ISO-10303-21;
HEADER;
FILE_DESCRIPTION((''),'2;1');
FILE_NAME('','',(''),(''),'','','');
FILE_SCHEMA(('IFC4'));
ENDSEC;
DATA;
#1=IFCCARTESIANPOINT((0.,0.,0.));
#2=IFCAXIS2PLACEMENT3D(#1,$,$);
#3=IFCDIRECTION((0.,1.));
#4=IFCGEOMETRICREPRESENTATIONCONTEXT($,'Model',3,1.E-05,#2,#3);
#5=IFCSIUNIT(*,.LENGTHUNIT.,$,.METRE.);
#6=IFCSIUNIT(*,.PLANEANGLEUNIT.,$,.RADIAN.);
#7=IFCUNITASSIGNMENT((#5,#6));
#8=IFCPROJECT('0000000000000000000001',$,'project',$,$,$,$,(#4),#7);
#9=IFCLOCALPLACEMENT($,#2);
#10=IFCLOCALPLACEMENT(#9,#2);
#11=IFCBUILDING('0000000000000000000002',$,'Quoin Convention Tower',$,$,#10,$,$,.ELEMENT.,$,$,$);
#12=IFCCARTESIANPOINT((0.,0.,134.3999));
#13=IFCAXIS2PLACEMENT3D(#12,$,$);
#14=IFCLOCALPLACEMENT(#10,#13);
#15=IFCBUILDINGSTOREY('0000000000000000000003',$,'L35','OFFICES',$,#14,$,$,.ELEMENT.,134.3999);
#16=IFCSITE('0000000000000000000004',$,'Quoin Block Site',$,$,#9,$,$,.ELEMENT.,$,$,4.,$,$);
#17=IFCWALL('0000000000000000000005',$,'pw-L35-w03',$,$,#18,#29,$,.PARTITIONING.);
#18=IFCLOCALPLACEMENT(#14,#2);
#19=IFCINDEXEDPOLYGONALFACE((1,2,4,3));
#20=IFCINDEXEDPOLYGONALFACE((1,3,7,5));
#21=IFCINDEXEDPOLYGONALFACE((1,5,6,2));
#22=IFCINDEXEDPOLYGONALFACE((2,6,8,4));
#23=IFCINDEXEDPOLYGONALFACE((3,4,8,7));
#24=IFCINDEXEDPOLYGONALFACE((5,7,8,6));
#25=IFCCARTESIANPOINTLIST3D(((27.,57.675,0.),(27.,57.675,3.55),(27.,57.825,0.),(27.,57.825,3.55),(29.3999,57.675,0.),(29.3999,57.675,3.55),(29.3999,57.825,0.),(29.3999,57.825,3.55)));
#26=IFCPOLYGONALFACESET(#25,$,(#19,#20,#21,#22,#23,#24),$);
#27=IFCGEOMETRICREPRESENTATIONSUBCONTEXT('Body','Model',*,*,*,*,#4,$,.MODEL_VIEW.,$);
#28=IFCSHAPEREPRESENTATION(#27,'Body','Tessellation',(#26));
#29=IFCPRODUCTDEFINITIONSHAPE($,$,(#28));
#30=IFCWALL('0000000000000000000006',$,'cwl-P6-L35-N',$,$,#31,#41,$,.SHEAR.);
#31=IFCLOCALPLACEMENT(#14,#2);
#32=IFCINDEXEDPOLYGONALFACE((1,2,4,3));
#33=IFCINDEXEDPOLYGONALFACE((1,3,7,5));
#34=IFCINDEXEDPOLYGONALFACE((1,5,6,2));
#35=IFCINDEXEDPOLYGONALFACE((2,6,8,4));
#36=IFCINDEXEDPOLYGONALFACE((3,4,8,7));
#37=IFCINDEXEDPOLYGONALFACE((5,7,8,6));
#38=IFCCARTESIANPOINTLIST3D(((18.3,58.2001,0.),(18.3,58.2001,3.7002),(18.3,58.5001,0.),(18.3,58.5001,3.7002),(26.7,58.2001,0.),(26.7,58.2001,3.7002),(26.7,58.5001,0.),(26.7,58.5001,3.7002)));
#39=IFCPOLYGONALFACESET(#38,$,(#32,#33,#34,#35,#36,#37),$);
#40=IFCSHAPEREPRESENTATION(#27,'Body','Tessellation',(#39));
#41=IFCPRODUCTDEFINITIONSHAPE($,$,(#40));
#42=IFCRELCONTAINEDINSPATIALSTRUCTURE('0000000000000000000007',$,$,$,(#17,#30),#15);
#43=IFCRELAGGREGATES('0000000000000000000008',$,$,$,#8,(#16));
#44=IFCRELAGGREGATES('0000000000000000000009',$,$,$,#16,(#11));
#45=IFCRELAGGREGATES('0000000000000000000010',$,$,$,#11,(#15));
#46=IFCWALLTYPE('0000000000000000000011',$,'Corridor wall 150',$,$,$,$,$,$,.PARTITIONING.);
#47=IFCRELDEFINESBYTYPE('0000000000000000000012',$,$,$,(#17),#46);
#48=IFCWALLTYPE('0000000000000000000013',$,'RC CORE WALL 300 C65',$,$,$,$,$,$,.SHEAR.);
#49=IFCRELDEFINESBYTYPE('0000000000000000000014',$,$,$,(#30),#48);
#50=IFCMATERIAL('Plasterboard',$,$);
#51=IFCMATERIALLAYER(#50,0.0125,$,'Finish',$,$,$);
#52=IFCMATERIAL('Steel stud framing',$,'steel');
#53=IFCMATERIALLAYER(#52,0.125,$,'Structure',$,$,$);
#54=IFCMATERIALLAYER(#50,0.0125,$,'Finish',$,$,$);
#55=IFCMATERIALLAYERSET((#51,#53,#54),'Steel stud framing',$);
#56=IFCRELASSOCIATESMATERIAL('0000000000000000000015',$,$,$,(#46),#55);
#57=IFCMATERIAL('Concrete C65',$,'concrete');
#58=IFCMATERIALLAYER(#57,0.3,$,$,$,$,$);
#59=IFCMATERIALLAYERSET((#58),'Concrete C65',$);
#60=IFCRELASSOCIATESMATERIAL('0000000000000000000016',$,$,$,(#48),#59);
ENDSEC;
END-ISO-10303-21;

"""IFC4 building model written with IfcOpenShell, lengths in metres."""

from ifc_helpers import new_model, si_unit, direction, frame, frame_2d, origin, place, context, subcontext, project, spatial, rectangle, extrude, material, layer, layer_set, type_object, element, save


model = new_model("IFC4")

# Units and contexts
model_context = context("Model", 3, precision=1e-05, world=origin(), true_north=direction((0.0, 1.0)))
body_context = subcontext(model_context, "Body", "Model", "MODEL_VIEW")
ifc_project = project(units=[si_unit("LENGTHUNIT", "METRE"), si_unit("PLANEANGLEUNIT", "RADIAN")], contexts=[model_context])

# Site, building, storey
site_placement = place(None, origin())
site = spatial("IfcSite", under=ifc_project, at=site_placement, Name="Quoin Block Site", CompositionType="ELEMENT", RefElevation=4.0)
building_placement = place(site_placement, origin())
building = spatial("IfcBuilding", under=site, at=building_placement, Name="Quoin Convention Tower", CompositionType="ELEMENT")
storey_placement = place(building_placement, frame((0.0, 0.0, 134.3999)))
storey = spatial("IfcBuildingStorey", under=building, at=storey_placement, Name="L35", Description="OFFICES", CompositionType="ELEMENT", Elevation=134.3999)

# Shared definitions
ifc_material_1 = material(Name="Concrete C65", Category="concrete")

# Walls
ifc_material_2 = material(Name="Plasterboard")
ifc_layer_1 = layer(ifc_material_2, 0.0125, Name="Finish")
ifc_material_3 = material(Name="Steel stud framing", Category="steel")
ifc_layer_2 = layer(ifc_material_3, 0.125, Name="Structure")
ifc_layer_3 = layer(ifc_material_2, 0.0125, Name="Finish")
ifc_layer_set_1 = layer_set([ifc_layer_1, ifc_layer_2, ifc_layer_3], Name="Steel stud framing")
wall_type_1 = type_object("IfcWallType", Name="Corridor wall 150", PredefinedType="PARTITIONING", material=ifc_layer_set_1)
wall_1_placement = place(storey_placement, frame((27.0, 57.75, 0.0), z_axis=(0.0, 0.0, 1.0), x_axis=(1.0, 0.0, 0.0)))
element("IfcWall", 1, at=wall_1_placement, inside=storey, type_object=wall_type_1, Name="pw-L35-w03", PredefinedType="PARTITIONING", context=body_context, shape_type="SweptSolid", body=[
    extrude(rectangle(XDim=2.3999, YDim=0.1499, at=frame_2d((1.2, 0.0))), origin(), (0.0, 0.0, 1.0), 3.55),
])
ifc_layer_4 = layer(ifc_material_1, 0.3)
ifc_layer_set_2 = layer_set([ifc_layer_4], Name="Concrete C65")
wall_type_2 = type_object("IfcWallType", Name="RC CORE WALL 300 C65", PredefinedType="SHEAR", material=ifc_layer_set_2)
wall_2_placement = place(storey_placement, frame((18.3, 58.3501, 0.0), z_axis=(0.0, 0.0, 1.0), x_axis=(1.0, 0.0, 0.0)))
element("IfcWall", 2, at=wall_2_placement, inside=storey, type_object=wall_type_2, Name="cwl-P6-L35-N", PredefinedType="SHEAR", context=body_context, shape_type="SweptSolid", body=[
    extrude(rectangle(XDim=8.3999, YDim=0.3, at=frame_2d((4.2, 0.0))), origin(), (0.0, 0.0, 1.0), 3.7002),
])

save(model, "model.ifc")
